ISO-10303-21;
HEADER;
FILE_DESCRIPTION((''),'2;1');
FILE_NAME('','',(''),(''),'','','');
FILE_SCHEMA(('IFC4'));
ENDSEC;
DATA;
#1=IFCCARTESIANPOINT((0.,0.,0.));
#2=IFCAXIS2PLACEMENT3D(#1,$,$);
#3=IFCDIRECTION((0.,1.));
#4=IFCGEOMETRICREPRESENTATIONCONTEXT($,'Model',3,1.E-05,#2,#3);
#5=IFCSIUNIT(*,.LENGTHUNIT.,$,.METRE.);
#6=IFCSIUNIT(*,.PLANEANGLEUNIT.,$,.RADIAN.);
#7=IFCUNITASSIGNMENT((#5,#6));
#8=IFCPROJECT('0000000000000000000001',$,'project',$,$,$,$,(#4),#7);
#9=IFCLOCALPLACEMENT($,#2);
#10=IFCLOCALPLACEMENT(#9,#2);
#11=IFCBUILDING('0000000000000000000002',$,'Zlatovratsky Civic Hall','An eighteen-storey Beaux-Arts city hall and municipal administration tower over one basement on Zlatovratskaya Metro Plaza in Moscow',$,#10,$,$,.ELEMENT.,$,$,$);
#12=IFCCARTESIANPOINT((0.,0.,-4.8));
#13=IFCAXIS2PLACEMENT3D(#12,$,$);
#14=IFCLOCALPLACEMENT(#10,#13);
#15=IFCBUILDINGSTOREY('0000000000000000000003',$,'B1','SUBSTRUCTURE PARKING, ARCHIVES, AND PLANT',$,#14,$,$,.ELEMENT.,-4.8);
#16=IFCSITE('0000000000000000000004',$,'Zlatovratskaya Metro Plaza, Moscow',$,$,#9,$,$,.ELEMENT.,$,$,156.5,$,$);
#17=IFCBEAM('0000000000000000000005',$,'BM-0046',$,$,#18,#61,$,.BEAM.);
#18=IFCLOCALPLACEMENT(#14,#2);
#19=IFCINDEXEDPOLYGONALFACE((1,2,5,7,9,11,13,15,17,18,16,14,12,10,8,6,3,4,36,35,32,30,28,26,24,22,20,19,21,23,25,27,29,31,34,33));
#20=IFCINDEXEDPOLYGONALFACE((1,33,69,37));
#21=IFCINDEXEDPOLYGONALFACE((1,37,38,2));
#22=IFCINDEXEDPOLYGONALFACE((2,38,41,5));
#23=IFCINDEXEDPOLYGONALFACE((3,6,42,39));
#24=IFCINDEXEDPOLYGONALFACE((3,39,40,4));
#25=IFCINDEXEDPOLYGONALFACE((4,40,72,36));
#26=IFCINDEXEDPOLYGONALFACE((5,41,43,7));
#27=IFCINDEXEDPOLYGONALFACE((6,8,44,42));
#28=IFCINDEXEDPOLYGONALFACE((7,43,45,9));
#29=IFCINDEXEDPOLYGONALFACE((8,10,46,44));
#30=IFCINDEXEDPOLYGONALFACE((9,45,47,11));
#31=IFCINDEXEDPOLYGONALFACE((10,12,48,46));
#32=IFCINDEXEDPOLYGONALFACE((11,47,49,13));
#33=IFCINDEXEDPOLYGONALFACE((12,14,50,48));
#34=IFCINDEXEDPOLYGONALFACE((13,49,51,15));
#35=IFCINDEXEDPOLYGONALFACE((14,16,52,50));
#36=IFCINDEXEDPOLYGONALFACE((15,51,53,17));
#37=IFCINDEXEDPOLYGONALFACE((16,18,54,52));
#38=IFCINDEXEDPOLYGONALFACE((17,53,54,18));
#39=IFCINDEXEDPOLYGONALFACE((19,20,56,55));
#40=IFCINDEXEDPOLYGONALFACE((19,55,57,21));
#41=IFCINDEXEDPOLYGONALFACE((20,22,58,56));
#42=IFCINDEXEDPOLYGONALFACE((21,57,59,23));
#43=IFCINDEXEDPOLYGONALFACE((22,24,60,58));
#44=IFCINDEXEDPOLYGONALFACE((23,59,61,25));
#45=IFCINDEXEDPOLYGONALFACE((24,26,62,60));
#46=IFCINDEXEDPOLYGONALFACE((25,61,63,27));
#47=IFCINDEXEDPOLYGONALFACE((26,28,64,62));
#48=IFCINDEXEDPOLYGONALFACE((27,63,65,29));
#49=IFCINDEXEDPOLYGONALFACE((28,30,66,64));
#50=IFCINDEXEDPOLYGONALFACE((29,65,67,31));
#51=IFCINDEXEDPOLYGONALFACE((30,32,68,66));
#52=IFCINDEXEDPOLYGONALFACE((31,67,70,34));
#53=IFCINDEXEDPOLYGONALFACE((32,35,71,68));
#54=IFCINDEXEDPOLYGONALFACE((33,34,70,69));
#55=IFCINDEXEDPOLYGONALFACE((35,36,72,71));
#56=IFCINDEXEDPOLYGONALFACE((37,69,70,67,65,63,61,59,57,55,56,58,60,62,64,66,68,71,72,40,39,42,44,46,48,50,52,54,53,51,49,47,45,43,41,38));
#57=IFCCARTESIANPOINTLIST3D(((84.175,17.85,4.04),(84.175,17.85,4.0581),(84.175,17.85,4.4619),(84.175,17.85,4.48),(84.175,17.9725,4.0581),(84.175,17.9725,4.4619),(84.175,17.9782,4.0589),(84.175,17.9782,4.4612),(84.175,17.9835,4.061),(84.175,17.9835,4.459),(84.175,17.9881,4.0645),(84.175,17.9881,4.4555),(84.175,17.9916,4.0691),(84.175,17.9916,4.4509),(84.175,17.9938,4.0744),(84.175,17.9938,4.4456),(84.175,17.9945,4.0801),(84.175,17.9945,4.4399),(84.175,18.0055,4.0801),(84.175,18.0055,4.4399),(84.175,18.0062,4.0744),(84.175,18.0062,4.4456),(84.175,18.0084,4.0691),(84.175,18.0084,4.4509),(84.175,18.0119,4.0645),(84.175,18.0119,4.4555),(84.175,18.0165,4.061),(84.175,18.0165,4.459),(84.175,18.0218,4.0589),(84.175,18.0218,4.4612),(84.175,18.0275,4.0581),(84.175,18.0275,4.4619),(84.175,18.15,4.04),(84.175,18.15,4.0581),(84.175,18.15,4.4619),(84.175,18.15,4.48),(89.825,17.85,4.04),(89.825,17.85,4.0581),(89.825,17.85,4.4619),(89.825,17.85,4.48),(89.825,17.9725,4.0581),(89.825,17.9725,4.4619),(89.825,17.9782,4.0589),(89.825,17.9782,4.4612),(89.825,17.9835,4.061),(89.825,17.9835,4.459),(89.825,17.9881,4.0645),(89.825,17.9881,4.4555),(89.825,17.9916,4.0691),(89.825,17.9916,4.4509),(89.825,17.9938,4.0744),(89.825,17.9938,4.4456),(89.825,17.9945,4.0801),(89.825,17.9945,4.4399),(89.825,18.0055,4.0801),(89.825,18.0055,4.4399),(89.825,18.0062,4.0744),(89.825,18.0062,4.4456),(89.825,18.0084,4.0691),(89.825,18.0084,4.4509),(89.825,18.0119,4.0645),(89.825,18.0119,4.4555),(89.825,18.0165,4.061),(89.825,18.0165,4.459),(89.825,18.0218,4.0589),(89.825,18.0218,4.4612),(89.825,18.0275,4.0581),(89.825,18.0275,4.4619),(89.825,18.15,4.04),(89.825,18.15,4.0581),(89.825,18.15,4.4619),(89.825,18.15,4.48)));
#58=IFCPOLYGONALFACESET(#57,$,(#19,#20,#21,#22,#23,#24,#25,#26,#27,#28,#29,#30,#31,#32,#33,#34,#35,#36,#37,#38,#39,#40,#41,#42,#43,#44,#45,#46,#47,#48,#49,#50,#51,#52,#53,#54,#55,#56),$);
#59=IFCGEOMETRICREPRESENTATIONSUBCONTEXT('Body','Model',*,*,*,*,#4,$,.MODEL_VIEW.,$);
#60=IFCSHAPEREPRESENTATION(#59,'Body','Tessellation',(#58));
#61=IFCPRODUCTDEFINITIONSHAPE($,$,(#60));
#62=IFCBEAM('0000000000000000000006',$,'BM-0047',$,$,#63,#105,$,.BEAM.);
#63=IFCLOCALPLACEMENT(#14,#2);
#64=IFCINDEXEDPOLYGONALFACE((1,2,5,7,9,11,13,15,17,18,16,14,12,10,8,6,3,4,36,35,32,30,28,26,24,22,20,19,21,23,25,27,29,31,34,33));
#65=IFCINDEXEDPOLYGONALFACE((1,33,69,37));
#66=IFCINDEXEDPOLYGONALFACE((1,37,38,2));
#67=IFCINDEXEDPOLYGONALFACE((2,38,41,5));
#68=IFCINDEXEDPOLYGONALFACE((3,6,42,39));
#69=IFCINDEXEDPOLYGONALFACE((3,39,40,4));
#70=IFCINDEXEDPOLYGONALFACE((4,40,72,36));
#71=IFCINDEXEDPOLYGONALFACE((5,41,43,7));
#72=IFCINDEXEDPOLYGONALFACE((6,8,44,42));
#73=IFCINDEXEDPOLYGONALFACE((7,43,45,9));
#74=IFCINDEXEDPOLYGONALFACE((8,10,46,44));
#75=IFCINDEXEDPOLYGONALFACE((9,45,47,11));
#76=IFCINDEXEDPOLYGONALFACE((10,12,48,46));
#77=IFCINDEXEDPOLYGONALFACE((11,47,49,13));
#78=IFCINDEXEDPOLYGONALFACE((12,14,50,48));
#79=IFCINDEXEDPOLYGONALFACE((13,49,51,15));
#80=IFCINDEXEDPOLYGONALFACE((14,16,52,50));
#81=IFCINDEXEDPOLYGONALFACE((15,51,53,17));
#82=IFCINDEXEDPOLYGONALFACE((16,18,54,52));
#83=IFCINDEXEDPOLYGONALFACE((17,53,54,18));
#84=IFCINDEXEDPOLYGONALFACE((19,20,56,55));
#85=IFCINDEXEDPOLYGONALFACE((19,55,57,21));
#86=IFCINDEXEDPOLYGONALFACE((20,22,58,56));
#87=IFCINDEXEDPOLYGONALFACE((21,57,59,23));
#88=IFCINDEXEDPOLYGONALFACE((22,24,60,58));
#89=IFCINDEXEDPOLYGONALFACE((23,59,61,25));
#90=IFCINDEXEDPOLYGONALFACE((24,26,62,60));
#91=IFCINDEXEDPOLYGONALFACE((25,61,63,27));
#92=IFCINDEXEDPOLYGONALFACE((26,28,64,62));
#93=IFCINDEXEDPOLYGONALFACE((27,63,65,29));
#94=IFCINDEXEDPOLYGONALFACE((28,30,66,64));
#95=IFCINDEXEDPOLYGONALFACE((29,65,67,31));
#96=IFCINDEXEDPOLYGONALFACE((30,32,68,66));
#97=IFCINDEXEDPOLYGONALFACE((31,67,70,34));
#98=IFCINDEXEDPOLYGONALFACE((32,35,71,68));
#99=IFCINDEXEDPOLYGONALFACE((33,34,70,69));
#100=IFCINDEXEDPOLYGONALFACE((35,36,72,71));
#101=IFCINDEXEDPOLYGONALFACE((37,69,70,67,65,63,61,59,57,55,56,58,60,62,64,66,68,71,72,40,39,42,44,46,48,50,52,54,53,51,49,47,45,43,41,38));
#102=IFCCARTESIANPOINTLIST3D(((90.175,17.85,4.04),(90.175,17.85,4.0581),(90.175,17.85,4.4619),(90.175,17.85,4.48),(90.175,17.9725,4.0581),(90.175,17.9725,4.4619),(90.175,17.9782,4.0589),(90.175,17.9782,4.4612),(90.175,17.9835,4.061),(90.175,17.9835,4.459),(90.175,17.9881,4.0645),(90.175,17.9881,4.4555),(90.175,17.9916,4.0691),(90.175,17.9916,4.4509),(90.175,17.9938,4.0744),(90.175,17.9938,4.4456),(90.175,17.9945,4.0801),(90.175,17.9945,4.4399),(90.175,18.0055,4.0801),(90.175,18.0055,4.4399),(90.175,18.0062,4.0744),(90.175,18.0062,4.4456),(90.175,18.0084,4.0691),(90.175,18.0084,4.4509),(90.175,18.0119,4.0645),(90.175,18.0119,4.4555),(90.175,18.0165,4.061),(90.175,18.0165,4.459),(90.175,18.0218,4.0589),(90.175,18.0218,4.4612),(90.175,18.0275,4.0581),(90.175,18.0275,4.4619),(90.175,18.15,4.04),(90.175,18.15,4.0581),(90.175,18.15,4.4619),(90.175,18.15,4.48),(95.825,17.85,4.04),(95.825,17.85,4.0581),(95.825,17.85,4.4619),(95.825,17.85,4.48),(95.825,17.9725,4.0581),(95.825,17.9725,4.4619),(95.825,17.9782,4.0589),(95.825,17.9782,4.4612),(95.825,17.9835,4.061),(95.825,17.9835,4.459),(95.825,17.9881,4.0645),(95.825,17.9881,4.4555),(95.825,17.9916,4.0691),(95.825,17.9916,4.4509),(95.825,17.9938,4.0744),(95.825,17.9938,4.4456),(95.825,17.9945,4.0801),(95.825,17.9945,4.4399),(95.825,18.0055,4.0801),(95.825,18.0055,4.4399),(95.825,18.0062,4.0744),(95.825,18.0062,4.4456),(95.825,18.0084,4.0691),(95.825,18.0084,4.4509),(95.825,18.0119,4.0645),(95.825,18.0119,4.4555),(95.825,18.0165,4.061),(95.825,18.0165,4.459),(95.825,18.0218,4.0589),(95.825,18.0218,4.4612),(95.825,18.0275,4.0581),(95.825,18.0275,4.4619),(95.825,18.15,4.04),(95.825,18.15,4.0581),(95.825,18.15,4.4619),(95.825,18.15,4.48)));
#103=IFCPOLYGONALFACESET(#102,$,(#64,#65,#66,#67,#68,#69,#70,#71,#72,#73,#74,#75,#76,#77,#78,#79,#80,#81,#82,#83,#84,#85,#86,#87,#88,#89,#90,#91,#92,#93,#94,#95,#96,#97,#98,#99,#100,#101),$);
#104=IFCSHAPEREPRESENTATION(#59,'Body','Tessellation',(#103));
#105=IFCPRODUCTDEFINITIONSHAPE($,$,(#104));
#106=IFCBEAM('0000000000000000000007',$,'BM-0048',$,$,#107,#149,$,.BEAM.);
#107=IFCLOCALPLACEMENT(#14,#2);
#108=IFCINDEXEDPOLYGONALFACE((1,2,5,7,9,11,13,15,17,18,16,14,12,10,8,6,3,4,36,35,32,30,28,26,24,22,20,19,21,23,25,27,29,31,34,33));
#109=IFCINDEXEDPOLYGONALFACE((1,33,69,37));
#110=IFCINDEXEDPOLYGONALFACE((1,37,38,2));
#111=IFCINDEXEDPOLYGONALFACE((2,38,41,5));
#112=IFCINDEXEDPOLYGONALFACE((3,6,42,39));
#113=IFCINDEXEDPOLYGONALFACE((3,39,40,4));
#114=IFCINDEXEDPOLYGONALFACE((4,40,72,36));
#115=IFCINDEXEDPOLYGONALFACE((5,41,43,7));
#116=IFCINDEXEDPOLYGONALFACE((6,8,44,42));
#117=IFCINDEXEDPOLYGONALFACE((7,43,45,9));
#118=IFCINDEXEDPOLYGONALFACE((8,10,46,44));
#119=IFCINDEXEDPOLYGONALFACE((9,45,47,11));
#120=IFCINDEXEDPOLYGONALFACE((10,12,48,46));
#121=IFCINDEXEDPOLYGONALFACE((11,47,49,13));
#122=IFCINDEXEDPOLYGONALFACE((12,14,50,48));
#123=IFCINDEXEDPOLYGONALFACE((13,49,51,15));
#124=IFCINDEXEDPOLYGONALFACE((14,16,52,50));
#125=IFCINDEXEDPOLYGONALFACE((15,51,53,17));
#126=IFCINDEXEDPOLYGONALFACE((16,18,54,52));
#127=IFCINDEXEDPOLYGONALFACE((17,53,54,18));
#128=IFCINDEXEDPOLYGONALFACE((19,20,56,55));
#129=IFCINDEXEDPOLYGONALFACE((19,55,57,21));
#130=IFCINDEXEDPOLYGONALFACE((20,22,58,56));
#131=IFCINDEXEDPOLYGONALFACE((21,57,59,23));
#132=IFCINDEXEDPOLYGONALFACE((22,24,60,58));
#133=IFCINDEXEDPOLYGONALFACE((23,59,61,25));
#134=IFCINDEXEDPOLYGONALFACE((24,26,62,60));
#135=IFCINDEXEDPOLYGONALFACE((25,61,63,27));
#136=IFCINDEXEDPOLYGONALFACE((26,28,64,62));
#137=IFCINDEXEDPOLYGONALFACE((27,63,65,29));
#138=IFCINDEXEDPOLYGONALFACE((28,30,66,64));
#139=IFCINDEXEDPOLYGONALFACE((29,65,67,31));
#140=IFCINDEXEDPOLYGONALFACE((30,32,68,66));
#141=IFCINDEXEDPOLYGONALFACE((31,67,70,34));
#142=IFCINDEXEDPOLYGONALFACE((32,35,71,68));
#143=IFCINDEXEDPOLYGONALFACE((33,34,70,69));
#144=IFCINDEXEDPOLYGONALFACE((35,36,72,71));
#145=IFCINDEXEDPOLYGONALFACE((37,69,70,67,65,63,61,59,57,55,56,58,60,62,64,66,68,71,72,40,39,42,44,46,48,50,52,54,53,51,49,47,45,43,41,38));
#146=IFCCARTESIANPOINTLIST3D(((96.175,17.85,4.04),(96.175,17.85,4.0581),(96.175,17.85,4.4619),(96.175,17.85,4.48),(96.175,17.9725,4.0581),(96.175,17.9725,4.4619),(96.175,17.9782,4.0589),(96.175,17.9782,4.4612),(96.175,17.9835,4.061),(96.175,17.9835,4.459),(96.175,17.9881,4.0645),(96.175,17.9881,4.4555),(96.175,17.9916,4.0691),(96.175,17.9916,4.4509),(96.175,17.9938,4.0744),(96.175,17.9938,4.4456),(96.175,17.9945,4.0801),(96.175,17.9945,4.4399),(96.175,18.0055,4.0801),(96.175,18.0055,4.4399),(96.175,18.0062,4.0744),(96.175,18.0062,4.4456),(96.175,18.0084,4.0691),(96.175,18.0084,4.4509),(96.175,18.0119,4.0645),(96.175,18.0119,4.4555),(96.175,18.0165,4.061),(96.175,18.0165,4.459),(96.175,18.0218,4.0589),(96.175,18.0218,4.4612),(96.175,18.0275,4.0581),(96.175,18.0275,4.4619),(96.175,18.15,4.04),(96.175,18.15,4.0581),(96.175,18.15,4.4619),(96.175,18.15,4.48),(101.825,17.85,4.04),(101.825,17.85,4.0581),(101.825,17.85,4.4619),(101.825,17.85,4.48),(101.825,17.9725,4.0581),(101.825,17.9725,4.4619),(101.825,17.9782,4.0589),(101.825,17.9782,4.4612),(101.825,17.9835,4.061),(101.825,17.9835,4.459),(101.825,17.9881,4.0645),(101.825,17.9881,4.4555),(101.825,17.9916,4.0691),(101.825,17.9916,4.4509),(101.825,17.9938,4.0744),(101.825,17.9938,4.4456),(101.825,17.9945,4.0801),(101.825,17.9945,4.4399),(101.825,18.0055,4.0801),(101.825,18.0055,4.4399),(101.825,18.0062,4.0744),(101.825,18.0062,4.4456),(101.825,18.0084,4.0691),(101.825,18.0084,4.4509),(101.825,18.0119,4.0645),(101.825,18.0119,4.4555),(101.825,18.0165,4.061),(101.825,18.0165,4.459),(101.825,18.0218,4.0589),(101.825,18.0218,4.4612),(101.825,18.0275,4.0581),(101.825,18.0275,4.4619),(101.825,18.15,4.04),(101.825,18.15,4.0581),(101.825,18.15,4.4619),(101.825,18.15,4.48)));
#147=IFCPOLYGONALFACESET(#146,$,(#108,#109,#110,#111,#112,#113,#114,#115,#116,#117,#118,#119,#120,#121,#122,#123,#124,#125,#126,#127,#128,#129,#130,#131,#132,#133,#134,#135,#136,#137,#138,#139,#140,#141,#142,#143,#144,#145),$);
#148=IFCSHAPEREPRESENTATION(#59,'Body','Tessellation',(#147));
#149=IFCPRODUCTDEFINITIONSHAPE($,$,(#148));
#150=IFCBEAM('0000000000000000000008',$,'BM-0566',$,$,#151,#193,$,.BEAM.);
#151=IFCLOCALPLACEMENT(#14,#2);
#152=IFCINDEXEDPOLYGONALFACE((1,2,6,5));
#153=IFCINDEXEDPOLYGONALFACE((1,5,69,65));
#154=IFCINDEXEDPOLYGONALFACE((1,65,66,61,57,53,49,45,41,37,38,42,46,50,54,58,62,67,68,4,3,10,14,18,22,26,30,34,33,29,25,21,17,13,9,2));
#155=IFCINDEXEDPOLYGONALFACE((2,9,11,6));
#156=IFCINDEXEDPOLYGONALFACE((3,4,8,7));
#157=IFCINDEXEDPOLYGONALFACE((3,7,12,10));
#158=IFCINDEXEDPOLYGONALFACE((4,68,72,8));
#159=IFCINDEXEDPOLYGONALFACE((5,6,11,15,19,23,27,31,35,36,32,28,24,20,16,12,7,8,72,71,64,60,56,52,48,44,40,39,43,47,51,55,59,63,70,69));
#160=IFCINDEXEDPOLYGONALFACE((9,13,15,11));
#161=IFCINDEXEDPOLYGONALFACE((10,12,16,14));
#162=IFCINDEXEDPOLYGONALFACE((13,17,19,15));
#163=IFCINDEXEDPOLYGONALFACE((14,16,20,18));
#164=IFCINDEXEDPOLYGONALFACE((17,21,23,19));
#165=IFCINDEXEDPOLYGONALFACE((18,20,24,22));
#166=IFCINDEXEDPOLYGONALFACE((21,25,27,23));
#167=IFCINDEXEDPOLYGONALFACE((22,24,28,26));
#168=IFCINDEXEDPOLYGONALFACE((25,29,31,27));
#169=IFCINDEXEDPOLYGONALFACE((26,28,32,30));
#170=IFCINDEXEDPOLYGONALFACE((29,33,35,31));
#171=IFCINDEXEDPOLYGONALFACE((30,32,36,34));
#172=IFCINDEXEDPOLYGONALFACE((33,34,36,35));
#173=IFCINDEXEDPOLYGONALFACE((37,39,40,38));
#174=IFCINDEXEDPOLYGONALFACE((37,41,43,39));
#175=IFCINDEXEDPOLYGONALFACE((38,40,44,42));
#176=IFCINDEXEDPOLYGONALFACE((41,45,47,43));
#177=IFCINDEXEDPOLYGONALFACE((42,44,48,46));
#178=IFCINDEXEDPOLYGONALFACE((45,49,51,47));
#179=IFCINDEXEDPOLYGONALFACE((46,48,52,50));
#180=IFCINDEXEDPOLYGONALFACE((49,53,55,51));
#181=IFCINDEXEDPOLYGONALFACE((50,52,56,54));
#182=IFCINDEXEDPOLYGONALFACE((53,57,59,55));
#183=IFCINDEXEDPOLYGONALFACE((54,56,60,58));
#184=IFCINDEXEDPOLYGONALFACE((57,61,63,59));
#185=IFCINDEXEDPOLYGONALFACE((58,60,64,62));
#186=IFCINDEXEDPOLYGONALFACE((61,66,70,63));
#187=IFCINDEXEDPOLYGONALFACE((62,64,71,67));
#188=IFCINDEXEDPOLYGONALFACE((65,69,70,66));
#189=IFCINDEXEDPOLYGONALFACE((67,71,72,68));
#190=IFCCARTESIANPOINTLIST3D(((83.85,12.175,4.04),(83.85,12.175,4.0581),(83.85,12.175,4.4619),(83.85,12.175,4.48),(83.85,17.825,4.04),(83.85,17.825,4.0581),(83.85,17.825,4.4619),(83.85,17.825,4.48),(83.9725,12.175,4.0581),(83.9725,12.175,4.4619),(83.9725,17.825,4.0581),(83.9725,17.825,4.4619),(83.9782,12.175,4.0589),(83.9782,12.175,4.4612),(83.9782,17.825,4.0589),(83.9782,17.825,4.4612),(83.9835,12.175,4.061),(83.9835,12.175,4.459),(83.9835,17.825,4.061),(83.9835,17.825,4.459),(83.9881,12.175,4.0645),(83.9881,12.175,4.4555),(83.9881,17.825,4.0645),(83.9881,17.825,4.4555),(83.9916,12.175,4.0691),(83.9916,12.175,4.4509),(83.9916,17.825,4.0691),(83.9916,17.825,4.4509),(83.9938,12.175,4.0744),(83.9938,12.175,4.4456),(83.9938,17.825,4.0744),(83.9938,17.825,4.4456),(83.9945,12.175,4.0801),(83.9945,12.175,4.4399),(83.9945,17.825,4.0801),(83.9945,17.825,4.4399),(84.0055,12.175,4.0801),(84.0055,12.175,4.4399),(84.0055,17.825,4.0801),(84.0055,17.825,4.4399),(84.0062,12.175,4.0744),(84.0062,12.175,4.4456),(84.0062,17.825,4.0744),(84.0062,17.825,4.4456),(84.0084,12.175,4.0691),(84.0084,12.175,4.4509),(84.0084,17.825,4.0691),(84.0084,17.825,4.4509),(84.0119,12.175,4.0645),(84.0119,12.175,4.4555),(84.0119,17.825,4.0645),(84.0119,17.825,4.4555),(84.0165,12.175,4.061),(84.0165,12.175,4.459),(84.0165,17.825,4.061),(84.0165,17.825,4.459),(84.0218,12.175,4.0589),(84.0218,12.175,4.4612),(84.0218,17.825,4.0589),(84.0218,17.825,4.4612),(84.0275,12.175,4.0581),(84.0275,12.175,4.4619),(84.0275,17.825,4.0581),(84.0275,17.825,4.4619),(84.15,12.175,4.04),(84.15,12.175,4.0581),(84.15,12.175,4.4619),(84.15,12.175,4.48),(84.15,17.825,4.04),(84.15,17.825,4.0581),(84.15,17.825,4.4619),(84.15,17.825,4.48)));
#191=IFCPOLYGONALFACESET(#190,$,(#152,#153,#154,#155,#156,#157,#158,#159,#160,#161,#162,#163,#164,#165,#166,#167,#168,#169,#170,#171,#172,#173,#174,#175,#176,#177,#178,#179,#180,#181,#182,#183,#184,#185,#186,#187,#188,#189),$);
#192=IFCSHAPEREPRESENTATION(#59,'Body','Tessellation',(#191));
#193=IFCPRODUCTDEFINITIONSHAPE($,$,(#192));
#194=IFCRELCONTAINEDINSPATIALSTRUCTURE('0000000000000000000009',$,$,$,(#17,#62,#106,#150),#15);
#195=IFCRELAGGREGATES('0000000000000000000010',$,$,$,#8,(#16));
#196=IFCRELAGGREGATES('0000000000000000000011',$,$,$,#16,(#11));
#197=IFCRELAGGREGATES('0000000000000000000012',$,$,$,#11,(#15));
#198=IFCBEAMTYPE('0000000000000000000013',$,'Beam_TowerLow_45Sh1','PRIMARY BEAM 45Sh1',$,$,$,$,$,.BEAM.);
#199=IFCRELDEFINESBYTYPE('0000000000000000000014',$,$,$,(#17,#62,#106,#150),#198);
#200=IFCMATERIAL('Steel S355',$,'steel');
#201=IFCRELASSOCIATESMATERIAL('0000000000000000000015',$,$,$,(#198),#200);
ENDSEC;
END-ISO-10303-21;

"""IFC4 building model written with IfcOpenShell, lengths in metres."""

from ifc_helpers import new_model, si_unit, direction, frame, origin, origin_2d, place, context, subcontext, project, spatial, i_section, extrude, material, material_profile, profile_set, type_object, element, save


model = new_model("IFC4")

# Units and contexts
model_context = context("Model", 3, precision=1e-05, world=origin(), true_north=direction((0.0, 1.0)))
body_context = subcontext(model_context, "Body", "Model", "MODEL_VIEW")
ifc_project = project(units=[si_unit("LENGTHUNIT", "METRE"), si_unit("PLANEANGLEUNIT", "RADIAN")], contexts=[model_context])

# Site, building, storey
site_placement = place(None, origin())
site = spatial("IfcSite", under=ifc_project, at=site_placement, Name="Zlatovratskaya Metro Plaza, Moscow", CompositionType="ELEMENT", RefElevation=156.5)
building_placement = place(site_placement, origin())
building = spatial("IfcBuilding", under=site, at=building_placement, Name="Zlatovratsky Civic Hall", Description="An eighteen-storey Beaux-Arts city hall and municipal administration tower over one basement on Zlatovratskaya Metro Plaza in Moscow", CompositionType="ELEMENT")
storey_placement = place(building_placement, frame((0.0, 0.0, -4.8)))
storey = spatial("IfcBuildingStorey", under=building, at=storey_placement, Name="B1", Description="SUBSTRUCTURE PARKING, ARCHIVES, AND PLANT", CompositionType="ELEMENT", Elevation=-4.8)

# Shared definitions
ifc_material_1 = material(Name="Steel S355", Category="steel")

# Beams
ifc_material_profile_1 = material_profile(ifc_material_1, i_section(OverallWidth=0.3, OverallDepth=0.4399, WebThickness=0.011, FlangeThickness=0.0181, FilletRadius=0.022, at=origin_2d()), Name="45Sh1")
ifc_profile_set_1 = profile_set([ifc_material_profile_1], Name="Steel S355")
beam_type_1 = type_object("IfcBeamType", Name="Beam_TowerLow_45Sh1", Description="PRIMARY BEAM 45Sh1", PredefinedType="BEAM", material=ifc_profile_set_1)
for number, where, z_axis, x_axis, name in (
    (1, (84.175, 18.0, 4.26), (1.0, 0.0, 0.0), (0.0, 1.0, 0.0), "BM-0046"),
    (2, (90.175, 18.0, 4.26), (1.0, 0.0, 0.0), (0.0, 1.0, 0.0), "BM-0047"),
    (3, (96.175, 18.0, 4.26), (1.0, 0.0, 0.0), (0.0, 1.0, 0.0), "BM-0048"),
    (4, (84.0, 12.175, 4.26), (0.0, 1.0, 0.0), (-1.0, 0.0, 0.0), "BM-0566"),
):
    element("IfcBeam", number, at=place(storey_placement, frame(where, z_axis=z_axis, x_axis=x_axis)), inside=storey, type_object=beam_type_1, Name=name, PredefinedType="BEAM", context=body_context, shape_type="SweptSolid", body=[
        extrude(i_section(OverallWidth=0.3, OverallDepth=0.4399, WebThickness=0.011, FlangeThickness=0.0181, FilletRadius=0.022, at=origin_2d()), origin(), (0.0, 0.0, 1.0), 5.6499),
    ])

save(model, "model.ifc")
